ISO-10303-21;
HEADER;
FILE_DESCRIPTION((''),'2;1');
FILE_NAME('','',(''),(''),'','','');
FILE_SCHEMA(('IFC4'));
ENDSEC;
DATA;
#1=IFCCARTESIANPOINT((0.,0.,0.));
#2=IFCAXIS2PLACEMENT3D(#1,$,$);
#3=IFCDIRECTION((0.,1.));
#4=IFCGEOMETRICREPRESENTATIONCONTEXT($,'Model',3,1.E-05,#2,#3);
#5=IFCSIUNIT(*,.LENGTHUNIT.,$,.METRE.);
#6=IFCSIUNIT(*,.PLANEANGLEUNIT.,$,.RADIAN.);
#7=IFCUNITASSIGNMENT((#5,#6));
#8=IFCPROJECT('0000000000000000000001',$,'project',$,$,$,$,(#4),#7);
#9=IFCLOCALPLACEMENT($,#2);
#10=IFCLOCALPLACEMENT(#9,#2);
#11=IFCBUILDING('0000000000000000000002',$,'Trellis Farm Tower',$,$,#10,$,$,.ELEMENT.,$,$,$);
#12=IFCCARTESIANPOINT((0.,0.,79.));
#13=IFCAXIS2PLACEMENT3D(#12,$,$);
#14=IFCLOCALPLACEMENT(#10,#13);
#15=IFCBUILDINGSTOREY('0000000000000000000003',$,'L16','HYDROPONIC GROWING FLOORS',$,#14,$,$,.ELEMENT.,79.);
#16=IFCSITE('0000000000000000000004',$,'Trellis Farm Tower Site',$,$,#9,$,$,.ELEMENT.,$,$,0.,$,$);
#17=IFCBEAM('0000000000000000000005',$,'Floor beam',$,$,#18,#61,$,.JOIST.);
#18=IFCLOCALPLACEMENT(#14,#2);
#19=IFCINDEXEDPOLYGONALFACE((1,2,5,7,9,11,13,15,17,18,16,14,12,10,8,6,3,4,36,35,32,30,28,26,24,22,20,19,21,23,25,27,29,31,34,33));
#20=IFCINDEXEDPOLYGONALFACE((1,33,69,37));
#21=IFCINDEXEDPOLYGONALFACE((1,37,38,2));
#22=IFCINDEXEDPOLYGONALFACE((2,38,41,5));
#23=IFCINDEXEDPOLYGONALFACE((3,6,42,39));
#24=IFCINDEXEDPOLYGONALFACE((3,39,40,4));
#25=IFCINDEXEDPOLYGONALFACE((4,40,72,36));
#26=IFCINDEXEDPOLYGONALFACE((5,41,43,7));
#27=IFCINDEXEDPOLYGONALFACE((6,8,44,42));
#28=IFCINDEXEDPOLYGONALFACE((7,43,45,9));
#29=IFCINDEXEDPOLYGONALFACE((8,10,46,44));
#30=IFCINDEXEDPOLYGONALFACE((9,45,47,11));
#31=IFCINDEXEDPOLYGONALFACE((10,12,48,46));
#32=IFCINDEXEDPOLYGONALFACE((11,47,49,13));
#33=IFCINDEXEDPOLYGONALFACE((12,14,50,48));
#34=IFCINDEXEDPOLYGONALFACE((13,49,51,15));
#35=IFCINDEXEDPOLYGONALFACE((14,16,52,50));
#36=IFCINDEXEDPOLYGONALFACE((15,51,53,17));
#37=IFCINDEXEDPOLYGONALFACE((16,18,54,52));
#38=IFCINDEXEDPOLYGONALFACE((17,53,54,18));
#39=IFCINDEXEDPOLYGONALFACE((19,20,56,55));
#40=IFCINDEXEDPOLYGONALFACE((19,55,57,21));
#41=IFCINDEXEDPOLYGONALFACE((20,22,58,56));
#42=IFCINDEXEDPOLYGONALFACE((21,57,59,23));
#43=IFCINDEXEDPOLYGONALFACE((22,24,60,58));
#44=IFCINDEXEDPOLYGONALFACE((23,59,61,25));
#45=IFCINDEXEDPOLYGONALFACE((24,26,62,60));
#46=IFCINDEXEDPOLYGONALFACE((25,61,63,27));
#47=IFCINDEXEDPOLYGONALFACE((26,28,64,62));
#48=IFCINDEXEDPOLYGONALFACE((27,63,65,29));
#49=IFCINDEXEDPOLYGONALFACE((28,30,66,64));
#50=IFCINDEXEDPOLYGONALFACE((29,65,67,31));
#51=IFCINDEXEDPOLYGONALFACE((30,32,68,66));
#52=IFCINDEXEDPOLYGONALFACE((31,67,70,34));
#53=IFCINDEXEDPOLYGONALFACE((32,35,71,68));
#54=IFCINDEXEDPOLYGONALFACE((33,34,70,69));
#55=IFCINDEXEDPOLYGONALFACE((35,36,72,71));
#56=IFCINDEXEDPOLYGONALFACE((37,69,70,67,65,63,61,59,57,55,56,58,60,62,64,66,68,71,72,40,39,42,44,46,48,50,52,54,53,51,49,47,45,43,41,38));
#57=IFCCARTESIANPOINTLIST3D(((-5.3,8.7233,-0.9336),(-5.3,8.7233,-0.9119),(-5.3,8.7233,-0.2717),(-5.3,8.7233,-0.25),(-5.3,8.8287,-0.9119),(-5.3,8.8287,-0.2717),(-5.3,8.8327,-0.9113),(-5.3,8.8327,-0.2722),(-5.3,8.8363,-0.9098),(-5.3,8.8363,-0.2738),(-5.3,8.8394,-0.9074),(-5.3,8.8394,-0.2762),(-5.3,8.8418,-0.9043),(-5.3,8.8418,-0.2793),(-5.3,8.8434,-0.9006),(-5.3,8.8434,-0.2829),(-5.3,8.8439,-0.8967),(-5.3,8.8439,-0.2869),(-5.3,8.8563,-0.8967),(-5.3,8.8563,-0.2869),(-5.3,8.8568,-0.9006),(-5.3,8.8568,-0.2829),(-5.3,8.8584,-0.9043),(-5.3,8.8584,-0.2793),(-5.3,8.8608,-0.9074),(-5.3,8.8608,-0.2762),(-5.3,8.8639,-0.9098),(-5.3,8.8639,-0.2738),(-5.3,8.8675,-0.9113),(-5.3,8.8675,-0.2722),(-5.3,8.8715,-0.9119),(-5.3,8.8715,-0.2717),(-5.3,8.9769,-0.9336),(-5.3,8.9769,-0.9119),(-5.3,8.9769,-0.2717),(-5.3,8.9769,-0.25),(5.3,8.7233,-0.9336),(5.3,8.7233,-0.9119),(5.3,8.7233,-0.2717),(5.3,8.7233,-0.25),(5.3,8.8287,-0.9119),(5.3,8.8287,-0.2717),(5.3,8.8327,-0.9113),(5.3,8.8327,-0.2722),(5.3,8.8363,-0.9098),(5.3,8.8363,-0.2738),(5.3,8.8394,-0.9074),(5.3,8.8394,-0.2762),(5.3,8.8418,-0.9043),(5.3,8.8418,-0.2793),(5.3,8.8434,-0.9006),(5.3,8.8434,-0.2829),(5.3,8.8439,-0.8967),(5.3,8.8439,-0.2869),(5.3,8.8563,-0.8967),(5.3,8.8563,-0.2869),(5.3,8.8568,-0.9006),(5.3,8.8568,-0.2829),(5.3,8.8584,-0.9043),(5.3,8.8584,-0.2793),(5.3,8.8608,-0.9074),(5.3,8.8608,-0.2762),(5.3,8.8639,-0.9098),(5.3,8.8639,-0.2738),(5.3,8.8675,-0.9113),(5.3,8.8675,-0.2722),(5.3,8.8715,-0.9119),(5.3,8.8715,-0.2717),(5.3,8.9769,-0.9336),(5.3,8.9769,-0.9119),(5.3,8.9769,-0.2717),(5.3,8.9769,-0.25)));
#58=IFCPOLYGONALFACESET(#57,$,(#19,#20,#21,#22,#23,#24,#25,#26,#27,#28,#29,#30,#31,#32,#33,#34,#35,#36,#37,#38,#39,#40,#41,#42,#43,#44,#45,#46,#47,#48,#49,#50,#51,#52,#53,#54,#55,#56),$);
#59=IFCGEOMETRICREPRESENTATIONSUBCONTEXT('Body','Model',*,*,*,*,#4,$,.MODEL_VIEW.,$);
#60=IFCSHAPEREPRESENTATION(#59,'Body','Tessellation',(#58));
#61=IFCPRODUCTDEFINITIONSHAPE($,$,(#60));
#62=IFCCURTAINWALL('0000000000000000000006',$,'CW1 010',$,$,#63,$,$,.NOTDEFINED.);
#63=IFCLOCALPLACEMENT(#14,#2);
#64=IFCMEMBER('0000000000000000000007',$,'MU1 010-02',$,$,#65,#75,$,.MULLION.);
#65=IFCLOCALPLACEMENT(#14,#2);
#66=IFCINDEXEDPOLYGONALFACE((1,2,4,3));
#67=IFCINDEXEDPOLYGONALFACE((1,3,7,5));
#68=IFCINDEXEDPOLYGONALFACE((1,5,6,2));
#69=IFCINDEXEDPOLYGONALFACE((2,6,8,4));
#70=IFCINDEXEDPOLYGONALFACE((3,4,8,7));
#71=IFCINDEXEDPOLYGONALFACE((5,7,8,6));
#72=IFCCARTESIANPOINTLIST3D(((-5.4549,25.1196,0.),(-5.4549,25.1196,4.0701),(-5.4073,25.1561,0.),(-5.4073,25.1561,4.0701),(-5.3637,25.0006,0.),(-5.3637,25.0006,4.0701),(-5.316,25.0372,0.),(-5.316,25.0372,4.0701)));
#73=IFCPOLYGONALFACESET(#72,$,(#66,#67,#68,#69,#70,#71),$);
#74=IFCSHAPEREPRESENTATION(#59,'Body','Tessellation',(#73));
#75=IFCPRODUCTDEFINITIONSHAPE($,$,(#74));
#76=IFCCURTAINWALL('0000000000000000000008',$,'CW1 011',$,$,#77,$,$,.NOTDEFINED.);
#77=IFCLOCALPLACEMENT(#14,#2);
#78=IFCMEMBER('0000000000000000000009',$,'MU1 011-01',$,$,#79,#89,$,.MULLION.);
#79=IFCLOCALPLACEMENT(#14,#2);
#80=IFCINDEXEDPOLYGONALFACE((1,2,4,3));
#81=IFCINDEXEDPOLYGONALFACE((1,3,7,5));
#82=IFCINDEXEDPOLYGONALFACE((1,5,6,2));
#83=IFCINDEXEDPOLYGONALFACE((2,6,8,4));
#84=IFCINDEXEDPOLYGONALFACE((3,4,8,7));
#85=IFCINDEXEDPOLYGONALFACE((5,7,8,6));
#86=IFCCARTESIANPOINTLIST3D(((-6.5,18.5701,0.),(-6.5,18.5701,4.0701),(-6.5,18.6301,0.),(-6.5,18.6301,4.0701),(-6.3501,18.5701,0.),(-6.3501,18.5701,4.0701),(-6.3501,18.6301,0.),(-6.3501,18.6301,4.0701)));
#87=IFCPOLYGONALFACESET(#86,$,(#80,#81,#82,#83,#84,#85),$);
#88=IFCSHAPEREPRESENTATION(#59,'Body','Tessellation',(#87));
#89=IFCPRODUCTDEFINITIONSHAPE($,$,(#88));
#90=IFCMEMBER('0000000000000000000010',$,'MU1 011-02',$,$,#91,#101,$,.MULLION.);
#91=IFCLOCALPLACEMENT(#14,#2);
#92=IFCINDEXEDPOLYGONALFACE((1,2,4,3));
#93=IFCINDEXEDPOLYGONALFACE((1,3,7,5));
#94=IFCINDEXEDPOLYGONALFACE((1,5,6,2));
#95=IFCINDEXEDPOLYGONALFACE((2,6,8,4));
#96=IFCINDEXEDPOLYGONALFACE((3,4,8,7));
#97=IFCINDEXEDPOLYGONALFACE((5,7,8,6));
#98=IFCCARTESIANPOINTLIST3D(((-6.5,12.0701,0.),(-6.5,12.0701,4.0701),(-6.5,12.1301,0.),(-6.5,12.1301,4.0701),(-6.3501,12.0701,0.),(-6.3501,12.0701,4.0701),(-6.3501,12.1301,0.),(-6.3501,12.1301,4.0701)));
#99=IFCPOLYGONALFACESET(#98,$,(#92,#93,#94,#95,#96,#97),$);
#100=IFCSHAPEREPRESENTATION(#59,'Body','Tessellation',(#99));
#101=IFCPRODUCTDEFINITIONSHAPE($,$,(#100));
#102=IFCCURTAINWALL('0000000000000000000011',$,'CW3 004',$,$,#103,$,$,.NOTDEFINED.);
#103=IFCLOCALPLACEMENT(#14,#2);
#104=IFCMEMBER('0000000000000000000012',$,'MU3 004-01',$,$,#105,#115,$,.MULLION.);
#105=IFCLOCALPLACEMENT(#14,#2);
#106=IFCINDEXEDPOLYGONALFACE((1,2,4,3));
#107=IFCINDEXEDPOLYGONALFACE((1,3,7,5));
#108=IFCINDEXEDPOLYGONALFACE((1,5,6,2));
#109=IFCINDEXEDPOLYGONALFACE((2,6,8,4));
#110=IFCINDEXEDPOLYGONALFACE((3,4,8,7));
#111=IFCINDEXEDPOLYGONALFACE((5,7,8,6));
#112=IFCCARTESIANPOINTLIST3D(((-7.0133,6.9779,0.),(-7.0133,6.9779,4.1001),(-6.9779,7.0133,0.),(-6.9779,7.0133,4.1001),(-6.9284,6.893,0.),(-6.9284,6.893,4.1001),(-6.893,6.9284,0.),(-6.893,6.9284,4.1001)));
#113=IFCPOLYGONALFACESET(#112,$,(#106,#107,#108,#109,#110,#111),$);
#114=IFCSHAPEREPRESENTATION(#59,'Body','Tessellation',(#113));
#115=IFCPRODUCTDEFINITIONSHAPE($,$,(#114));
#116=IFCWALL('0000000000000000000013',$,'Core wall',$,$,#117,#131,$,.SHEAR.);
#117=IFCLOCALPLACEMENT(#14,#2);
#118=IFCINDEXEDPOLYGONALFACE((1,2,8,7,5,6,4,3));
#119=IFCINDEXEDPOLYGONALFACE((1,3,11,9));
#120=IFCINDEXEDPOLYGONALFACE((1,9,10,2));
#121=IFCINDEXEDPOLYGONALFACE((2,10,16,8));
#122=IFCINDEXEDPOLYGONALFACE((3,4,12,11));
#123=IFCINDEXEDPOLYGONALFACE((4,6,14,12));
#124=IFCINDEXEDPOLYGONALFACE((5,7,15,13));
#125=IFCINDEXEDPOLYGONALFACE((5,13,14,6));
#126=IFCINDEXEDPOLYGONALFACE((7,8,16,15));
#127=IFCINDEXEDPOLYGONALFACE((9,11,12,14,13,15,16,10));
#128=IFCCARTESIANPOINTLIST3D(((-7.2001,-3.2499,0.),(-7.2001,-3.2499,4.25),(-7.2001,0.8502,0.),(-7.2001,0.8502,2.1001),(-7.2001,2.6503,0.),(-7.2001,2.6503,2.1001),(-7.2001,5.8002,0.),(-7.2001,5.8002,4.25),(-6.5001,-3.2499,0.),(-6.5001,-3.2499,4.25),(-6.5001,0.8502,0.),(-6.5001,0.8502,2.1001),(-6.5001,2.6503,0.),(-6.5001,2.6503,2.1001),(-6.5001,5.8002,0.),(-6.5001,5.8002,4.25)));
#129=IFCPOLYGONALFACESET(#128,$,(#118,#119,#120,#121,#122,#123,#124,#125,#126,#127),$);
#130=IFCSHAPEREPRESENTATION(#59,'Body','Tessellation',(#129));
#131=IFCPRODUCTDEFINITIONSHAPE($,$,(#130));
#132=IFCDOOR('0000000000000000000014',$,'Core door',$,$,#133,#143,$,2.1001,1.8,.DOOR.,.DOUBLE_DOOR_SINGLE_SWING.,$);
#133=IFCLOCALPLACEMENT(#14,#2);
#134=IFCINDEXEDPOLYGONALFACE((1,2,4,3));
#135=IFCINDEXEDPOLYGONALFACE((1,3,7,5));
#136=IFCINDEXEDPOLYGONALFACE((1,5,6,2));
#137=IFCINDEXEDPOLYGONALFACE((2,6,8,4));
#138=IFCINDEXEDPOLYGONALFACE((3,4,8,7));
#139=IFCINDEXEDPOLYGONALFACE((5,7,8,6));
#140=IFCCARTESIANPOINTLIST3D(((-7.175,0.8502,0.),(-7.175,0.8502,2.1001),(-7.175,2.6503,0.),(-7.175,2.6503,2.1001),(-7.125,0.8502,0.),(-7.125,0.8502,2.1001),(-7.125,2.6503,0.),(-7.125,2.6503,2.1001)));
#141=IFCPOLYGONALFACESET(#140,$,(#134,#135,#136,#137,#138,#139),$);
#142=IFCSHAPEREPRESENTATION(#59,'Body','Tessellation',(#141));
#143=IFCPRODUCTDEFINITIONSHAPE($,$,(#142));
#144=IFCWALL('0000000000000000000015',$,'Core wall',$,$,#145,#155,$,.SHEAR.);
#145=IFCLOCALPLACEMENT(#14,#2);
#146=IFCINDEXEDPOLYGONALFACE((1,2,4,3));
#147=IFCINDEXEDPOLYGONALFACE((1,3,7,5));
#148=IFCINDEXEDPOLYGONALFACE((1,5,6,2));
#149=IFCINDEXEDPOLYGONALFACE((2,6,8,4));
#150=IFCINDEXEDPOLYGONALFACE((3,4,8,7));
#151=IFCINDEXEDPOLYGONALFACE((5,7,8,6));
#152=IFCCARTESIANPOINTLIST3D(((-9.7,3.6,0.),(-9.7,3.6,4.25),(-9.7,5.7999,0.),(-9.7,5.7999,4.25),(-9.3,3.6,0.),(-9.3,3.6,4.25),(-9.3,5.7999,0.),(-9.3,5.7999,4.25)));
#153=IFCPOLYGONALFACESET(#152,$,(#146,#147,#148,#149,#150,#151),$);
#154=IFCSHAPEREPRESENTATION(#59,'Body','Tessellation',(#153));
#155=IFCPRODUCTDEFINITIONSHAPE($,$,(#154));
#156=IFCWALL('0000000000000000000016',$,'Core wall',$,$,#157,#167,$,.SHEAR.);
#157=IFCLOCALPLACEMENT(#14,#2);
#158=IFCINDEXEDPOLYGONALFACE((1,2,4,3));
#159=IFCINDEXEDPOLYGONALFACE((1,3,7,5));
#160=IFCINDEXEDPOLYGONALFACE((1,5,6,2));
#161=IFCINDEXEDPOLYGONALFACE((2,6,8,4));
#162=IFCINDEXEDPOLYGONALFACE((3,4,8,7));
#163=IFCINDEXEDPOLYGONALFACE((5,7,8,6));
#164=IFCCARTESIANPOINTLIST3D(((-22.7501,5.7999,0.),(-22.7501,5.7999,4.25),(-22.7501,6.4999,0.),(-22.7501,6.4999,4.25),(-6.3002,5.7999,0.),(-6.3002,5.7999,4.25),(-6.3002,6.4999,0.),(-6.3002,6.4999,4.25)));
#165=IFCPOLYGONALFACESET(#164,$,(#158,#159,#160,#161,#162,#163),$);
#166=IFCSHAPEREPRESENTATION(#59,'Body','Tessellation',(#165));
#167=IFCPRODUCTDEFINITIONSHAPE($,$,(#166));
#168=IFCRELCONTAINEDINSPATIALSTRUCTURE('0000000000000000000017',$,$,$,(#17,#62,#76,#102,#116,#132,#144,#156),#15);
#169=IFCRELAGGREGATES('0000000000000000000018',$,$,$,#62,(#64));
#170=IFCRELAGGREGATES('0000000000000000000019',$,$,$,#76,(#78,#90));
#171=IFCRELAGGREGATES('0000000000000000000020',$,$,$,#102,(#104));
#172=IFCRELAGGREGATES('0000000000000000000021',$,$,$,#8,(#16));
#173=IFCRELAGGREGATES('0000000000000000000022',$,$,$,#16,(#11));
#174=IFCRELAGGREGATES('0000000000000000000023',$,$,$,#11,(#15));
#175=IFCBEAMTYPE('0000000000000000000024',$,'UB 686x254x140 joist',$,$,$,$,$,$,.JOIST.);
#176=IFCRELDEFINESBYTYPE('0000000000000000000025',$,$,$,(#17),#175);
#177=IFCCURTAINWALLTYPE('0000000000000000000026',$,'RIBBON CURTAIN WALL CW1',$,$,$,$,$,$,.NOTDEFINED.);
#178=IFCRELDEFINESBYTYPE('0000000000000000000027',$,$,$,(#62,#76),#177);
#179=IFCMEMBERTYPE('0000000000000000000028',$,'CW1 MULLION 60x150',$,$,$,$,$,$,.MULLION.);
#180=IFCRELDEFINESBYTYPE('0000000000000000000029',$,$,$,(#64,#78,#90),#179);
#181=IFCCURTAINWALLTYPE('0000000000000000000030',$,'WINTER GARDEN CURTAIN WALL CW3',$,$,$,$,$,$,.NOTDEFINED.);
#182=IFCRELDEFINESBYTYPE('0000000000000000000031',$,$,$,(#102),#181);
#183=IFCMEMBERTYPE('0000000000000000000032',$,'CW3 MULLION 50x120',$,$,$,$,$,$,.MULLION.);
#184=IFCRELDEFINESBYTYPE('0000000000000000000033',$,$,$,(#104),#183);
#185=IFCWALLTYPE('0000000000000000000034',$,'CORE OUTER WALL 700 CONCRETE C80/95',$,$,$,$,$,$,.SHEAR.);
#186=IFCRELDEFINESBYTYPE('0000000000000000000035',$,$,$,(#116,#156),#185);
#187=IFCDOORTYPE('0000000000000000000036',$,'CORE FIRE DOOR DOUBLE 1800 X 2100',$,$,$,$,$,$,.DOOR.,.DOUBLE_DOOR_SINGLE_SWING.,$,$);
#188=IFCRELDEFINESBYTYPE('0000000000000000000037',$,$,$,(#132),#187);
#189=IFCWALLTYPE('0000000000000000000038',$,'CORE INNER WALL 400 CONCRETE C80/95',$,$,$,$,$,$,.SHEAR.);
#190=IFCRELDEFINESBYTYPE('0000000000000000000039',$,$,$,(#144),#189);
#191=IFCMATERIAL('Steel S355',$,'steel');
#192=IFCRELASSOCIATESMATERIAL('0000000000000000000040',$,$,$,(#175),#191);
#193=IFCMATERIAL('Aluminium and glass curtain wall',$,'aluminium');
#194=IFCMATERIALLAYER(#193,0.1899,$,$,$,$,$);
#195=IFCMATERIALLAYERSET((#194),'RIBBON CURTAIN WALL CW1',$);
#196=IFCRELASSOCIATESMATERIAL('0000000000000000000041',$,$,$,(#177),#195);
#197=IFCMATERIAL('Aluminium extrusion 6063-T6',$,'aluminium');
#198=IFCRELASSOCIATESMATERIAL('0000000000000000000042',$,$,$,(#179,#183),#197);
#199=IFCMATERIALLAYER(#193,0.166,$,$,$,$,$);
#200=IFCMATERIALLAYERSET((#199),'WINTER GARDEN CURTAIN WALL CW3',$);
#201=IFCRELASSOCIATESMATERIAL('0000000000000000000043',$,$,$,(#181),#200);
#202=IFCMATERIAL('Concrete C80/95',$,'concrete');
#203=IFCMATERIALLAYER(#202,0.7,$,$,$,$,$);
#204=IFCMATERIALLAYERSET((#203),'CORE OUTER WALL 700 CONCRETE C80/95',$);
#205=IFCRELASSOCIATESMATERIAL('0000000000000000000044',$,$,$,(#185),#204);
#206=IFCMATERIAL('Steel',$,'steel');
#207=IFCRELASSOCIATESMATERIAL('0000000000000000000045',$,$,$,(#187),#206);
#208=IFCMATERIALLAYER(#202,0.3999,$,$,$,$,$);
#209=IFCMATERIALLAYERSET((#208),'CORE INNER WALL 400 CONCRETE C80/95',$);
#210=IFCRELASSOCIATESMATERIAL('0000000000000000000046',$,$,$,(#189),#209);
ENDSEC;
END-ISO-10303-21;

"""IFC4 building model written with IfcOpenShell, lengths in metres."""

from ifc_helpers import new_model, si_unit, direction, frame, frame_2d, origin, origin_2d, place, context, subcontext, project, spatial, rectangle, i_section, extrude, source, transform, mapped, material, layer, layer_set, material_profile, profile_set, type_object, element, fill, aggregate, save


model = new_model("IFC4")

# Units and contexts
model_context = context("Model", 3, precision=1e-05, world=origin(), true_north=direction((0.0, 1.0)))
body_context = subcontext(model_context, "Body", "Model", "MODEL_VIEW")
ifc_project = project(units=[si_unit("LENGTHUNIT", "METRE"), si_unit("PLANEANGLEUNIT", "RADIAN")], contexts=[model_context])

# Site, building, storey
site_placement = place(None, origin())
site = spatial("IfcSite", under=ifc_project, at=site_placement, Name="Trellis Farm Tower Site", CompositionType="ELEMENT", RefElevation=0.0)
building_placement = place(site_placement, origin())
building = spatial("IfcBuilding", under=site, at=building_placement, Name="Trellis Farm Tower", CompositionType="ELEMENT")
storey_placement = place(building_placement, frame((0.0, 0.0, 79.0)))
storey = spatial("IfcBuildingStorey", under=building, at=storey_placement, Name="L16", Description="HYDROPONIC GROWING FLOORS", CompositionType="ELEMENT", Elevation=79.0)

# Shared definitions
ifc_material_1 = material(Name="Concrete C80/95", Category="concrete")

# Beam
ifc_material_2 = material(Name="Steel S355", Category="steel")
ifc_material_profile_1 = material_profile(ifc_material_2, i_section(OverallWidth=0.2537, OverallDepth=0.6836, WebThickness=0.0125, FlangeThickness=0.0217, FilletRadius=0.0151, at=origin_2d()), Name="UB 686x254x140")
ifc_profile_set_1 = profile_set([ifc_material_profile_1], Name="Steel S355")
beam_type_1 = type_object("IfcBeamType", Name="UB 686x254x140 joist", PredefinedType="JOIST", material=ifc_profile_set_1)
shared_shape_1 = source(origin(), body_context, "Body", "SweptSolid", [
    extrude(i_section(OverallWidth=0.2537, OverallDepth=0.6836, WebThickness=0.0125, FlangeThickness=0.0217, FilletRadius=0.0151, at=origin_2d()), origin(), (0.0, 0.0, 1.0), 10.6001),
])
beam_1_placement = place(storey_placement, frame((-5.3, 8.8501, -0.5918), z_axis=(1.0, 0.0, 0.0), x_axis=(0.0, 1.0, 0.0)))
element("IfcBeam", 1, at=beam_1_placement, inside=storey, type_object=beam_type_1, Name="Floor beam", PredefinedType="JOIST", context=body_context, shape_type="MappedRepresentation", body=[
    mapped(shared_shape_1, transform((0.0, 0.0, 0.0))),
])

# Curtain wall, member
ifc_material_3 = material(Name="Aluminium and glass curtain wall", Category="aluminium")
ifc_layer_1 = layer(ifc_material_3, 0.1899)
ifc_layer_set_1 = layer_set([ifc_layer_1], Name="RIBBON CURTAIN WALL CW1")
curtain_wall_type_1 = type_object("IfcCurtainWallType", Name="RIBBON CURTAIN WALL CW1", PredefinedType="NOTDEFINED", material=ifc_layer_set_1)
placement = place(storey_placement, origin())
curtain_wall_1 = element("IfcCurtainWall", 2, at=placement, inside=storey, type_object=curtain_wall_type_1, Name="CW1 010", PredefinedType="NOTDEFINED")
ifc_material_4 = material(Name="Aluminium extrusion 6063-T6", Category="aluminium")
ifc_material_profile_2 = material_profile(ifc_material_4, rectangle(XDim=0.0601, YDim=0.1499, at=origin_2d()), Name="MULLION 60x150")
ifc_profile_set_2 = profile_set([ifc_material_profile_2], Name="Aluminium extrusion 6063-T6")
member_type_1 = type_object("IfcMemberType", Name="CW1 MULLION 60x150", PredefinedType="MULLION", material=ifc_profile_set_2)
shared_shape_2 = source(origin(), body_context, "Body", "SweptSolid", [
    extrude(rectangle(XDim=0.0601, YDim=0.1499, at=origin_2d()), origin(), (0.0, 0.0, 1.0), 4.0701),
])
member_1_placement = place(storey_placement, frame((-5.3855, 25.0784, 0.0), z_axis=(0.0, 0.0, 1.0), x_axis=(-0.793353, -0.608761, 0.0)))
member_1 = element("IfcMember", 3, at=member_1_placement, type_object=member_type_1, Name="MU1 010-02", PredefinedType="MULLION", context=body_context, shape_type="MappedRepresentation", body=[
    mapped(shared_shape_2, transform((0.0, 0.0, 0.0))),
])
aggregate(curtain_wall_1, [member_1])

# Curtain wall, members
curtain_wall_2 = element("IfcCurtainWall", 4, at=placement, inside=storey, type_object=curtain_wall_type_1, Name="CW1 011", PredefinedType="NOTDEFINED")
member_2_placement = place(storey_placement, frame((-6.425, 18.6001, 0.0), z_axis=(0.0, 0.0, 1.0), x_axis=(0.0, -1.0, 0.0)))
member_2 = element("IfcMember", 5, at=member_2_placement, type_object=member_type_1, Name="MU1 011-01", PredefinedType="MULLION", context=body_context, shape_type="MappedRepresentation", body=[
    mapped(shared_shape_2, transform((0.0, 0.0, 0.0))),
])
member_3_placement = place(storey_placement, frame((-6.425, 12.1001, 0.0), z_axis=(0.0, 0.0, 1.0), x_axis=(0.0, -1.0, 0.0)))
member_3 = element("IfcMember", 6, at=member_3_placement, type_object=member_type_1, Name="MU1 011-02", PredefinedType="MULLION", context=body_context, shape_type="MappedRepresentation", body=[
    mapped(shared_shape_2, transform((0.0, 0.0, 0.0))),
])
aggregate(curtain_wall_2, [member_2, member_3])

# Curtain wall, member
ifc_layer_2 = layer(ifc_material_3, 0.166)
ifc_layer_set_2 = layer_set([ifc_layer_2], Name="WINTER GARDEN CURTAIN WALL CW3")
curtain_wall_type_2 = type_object("IfcCurtainWallType", Name="WINTER GARDEN CURTAIN WALL CW3", PredefinedType="NOTDEFINED", material=ifc_layer_set_2)
curtain_wall_3 = element("IfcCurtainWall", 7, at=placement, inside=storey, type_object=curtain_wall_type_2, Name="CW3 004", PredefinedType="NOTDEFINED")
ifc_material_profile_3 = material_profile(ifc_material_4, rectangle(XDim=0.05, YDim=0.1201, at=origin_2d()), Name="MULLION 50x120")
ifc_profile_set_3 = profile_set([ifc_material_profile_3], Name="Aluminium extrusion 6063-T6")
member_type_2 = type_object("IfcMemberType", Name="CW3 MULLION 50x120", PredefinedType="MULLION", material=ifc_profile_set_3)
shared_shape_3 = source(origin(), body_context, "Body", "SweptSolid", [
    extrude(rectangle(XDim=0.05, YDim=0.1201, at=origin_2d()), origin(), (0.0, 0.0, 1.0), 4.1001),
])
member_4_placement = place(storey_placement, frame((-6.9531, 6.9531, 0.0), z_axis=(0.0, 0.0, 1.0), x_axis=(-0.707107, -0.707107, 0.0)))
member_4 = element("IfcMember", 8, at=member_4_placement, type_object=member_type_2, Name="MU3 004-01", PredefinedType="MULLION", context=body_context, shape_type="MappedRepresentation", body=[
    mapped(shared_shape_3, transform((0.0, 0.0, 0.0))),
])
aggregate(curtain_wall_3, [member_4])

# Wall, opening, door
ifc_layer_3 = layer(ifc_material_1, 0.7)
ifc_layer_set_3 = layer_set([ifc_layer_3], Name="CORE OUTER WALL 700 CONCRETE C80/95")
wall_type_1 = type_object("IfcWallType", Name="CORE OUTER WALL 700 CONCRETE C80/95", PredefinedType="SHEAR", material=ifc_layer_set_3)
shared_shape_4 = source(origin(), body_context, "Body", "SweptSolid", [
    extrude(rectangle(XDim=9.05, YDim=0.7, at=frame_2d((4.5249, 0.0))), origin(), (0.0, 0.0, 1.0), 4.25),
])
wall_1_placement = place(storey_placement, frame((-6.8501, 5.8, 0.0), z_axis=(0.0, 0.0, 1.0), x_axis=(0.0, -1.0, 0.0)))
wall_1 = element("IfcWall", 9, at=wall_1_placement, inside=storey, type_object=wall_type_1, Name="Core wall", PredefinedType="SHEAR", context=body_context, shape_type="MappedRepresentation", body=[
    mapped(shared_shape_4, transform((0.0, 0.0, 0.0))),
])
shared_shape_5 = source(origin(), body_context, "Body", "SweptSolid", [
    extrude(rectangle(XDim=1.8, YDim=2.1001, at=frame_2d((0.8999, 1.05))), frame((0.0, 0.3601, 0.0), z_axis=(0.0, -1.0, 0.0), x_axis=(1.0, 0.0, 0.0)), (0.0, 0.0, 1.0), 0.7202),
])
opening_1_placement = place(wall_1_placement, frame((3.1499, 0.0, 0.0)))
opening_1 = element("IfcOpeningElement", 10, at=opening_1_placement, cuts=wall_1, PredefinedType="OPENING", context=body_context, shape_type="MappedRepresentation", body=[
    mapped(shared_shape_5, transform((0.0, 0.0, 0.0))),
])
ifc_material_5 = material(Name="Steel", Category="steel")
door_type_1 = type_object("IfcDoorType", Name="CORE FIRE DOOR DOUBLE 1800 X 2100", OperationType="DOUBLE_DOOR_SINGLE_SWING", PredefinedType="DOOR", material=ifc_material_5)
shared_shape_6 = source(origin(), body_context, "Body", "SweptSolid", [
    extrude(rectangle(XDim=1.8, YDim=2.1001, at=frame_2d((0.8999, 1.05))), frame((0.0, -0.2749, 0.0), z_axis=(0.0, -1.0, 0.0), x_axis=(1.0, 0.0, 0.0)), (0.0, 0.0, 1.0), 0.05),
])
door_1_placement = place(opening_1_placement, origin())
door_1 = element("IfcDoor", 11, at=door_1_placement, inside=storey, type_object=door_type_1, Name="Core door", OperationType="DOUBLE_DOOR_SINGLE_SWING", OverallHeight=2.1001, OverallWidth=1.8, PredefinedType="DOOR", context=body_context, shape_type="MappedRepresentation", body=[
    mapped(shared_shape_6, transform((0.0, 0.0, 0.0))),
])
fill(opening_1, door_1)

# Walls
ifc_layer_4 = layer(ifc_material_1, 0.3999)
ifc_layer_set_4 = layer_set([ifc_layer_4], Name="CORE INNER WALL 400 CONCRETE C80/95")
wall_type_2 = type_object("IfcWallType", Name="CORE INNER WALL 400 CONCRETE C80/95", PredefinedType="SHEAR", material=ifc_layer_set_4)
shared_shape_7 = source(origin(), body_context, "Body", "SweptSolid", [
    extrude(rectangle(XDim=2.2, YDim=0.3999, at=frame_2d((1.1001, 0.0))), origin(), (0.0, 0.0, 1.0), 4.25),
])
wall_2_placement = place(storey_placement, frame((-9.5, 5.8, 0.0), z_axis=(0.0, 0.0, 1.0), x_axis=(0.0, -1.0, 0.0)))
element("IfcWall", 12, at=wall_2_placement, inside=storey, type_object=wall_type_2, Name="Core wall", PredefinedType="SHEAR", context=body_context, shape_type="MappedRepresentation", body=[
    mapped(shared_shape_7, transform((0.0, 0.0, 0.0))),
])
shared_shape_8 = source(origin(), body_context, "Body", "SweptSolid", [
    extrude(rectangle(XDim=16.45, YDim=0.7, at=frame_2d((8.2251, 0.0))), origin(), (0.0, 0.0, 1.0), 4.25),
])
wall_3_placement = place(storey_placement, frame((-6.3, 6.1499, 0.0), z_axis=(0.0, 0.0, 1.0), x_axis=(-1.0, 0.0, 0.0)))
element("IfcWall", 13, at=wall_3_placement, inside=storey, type_object=wall_type_1, Name="Core wall", PredefinedType="SHEAR", context=body_context, shape_type="MappedRepresentation", body=[
    mapped(shared_shape_8, transform((0.0, 0.0, 0.0))),
])

save(model, "model.ifc")
